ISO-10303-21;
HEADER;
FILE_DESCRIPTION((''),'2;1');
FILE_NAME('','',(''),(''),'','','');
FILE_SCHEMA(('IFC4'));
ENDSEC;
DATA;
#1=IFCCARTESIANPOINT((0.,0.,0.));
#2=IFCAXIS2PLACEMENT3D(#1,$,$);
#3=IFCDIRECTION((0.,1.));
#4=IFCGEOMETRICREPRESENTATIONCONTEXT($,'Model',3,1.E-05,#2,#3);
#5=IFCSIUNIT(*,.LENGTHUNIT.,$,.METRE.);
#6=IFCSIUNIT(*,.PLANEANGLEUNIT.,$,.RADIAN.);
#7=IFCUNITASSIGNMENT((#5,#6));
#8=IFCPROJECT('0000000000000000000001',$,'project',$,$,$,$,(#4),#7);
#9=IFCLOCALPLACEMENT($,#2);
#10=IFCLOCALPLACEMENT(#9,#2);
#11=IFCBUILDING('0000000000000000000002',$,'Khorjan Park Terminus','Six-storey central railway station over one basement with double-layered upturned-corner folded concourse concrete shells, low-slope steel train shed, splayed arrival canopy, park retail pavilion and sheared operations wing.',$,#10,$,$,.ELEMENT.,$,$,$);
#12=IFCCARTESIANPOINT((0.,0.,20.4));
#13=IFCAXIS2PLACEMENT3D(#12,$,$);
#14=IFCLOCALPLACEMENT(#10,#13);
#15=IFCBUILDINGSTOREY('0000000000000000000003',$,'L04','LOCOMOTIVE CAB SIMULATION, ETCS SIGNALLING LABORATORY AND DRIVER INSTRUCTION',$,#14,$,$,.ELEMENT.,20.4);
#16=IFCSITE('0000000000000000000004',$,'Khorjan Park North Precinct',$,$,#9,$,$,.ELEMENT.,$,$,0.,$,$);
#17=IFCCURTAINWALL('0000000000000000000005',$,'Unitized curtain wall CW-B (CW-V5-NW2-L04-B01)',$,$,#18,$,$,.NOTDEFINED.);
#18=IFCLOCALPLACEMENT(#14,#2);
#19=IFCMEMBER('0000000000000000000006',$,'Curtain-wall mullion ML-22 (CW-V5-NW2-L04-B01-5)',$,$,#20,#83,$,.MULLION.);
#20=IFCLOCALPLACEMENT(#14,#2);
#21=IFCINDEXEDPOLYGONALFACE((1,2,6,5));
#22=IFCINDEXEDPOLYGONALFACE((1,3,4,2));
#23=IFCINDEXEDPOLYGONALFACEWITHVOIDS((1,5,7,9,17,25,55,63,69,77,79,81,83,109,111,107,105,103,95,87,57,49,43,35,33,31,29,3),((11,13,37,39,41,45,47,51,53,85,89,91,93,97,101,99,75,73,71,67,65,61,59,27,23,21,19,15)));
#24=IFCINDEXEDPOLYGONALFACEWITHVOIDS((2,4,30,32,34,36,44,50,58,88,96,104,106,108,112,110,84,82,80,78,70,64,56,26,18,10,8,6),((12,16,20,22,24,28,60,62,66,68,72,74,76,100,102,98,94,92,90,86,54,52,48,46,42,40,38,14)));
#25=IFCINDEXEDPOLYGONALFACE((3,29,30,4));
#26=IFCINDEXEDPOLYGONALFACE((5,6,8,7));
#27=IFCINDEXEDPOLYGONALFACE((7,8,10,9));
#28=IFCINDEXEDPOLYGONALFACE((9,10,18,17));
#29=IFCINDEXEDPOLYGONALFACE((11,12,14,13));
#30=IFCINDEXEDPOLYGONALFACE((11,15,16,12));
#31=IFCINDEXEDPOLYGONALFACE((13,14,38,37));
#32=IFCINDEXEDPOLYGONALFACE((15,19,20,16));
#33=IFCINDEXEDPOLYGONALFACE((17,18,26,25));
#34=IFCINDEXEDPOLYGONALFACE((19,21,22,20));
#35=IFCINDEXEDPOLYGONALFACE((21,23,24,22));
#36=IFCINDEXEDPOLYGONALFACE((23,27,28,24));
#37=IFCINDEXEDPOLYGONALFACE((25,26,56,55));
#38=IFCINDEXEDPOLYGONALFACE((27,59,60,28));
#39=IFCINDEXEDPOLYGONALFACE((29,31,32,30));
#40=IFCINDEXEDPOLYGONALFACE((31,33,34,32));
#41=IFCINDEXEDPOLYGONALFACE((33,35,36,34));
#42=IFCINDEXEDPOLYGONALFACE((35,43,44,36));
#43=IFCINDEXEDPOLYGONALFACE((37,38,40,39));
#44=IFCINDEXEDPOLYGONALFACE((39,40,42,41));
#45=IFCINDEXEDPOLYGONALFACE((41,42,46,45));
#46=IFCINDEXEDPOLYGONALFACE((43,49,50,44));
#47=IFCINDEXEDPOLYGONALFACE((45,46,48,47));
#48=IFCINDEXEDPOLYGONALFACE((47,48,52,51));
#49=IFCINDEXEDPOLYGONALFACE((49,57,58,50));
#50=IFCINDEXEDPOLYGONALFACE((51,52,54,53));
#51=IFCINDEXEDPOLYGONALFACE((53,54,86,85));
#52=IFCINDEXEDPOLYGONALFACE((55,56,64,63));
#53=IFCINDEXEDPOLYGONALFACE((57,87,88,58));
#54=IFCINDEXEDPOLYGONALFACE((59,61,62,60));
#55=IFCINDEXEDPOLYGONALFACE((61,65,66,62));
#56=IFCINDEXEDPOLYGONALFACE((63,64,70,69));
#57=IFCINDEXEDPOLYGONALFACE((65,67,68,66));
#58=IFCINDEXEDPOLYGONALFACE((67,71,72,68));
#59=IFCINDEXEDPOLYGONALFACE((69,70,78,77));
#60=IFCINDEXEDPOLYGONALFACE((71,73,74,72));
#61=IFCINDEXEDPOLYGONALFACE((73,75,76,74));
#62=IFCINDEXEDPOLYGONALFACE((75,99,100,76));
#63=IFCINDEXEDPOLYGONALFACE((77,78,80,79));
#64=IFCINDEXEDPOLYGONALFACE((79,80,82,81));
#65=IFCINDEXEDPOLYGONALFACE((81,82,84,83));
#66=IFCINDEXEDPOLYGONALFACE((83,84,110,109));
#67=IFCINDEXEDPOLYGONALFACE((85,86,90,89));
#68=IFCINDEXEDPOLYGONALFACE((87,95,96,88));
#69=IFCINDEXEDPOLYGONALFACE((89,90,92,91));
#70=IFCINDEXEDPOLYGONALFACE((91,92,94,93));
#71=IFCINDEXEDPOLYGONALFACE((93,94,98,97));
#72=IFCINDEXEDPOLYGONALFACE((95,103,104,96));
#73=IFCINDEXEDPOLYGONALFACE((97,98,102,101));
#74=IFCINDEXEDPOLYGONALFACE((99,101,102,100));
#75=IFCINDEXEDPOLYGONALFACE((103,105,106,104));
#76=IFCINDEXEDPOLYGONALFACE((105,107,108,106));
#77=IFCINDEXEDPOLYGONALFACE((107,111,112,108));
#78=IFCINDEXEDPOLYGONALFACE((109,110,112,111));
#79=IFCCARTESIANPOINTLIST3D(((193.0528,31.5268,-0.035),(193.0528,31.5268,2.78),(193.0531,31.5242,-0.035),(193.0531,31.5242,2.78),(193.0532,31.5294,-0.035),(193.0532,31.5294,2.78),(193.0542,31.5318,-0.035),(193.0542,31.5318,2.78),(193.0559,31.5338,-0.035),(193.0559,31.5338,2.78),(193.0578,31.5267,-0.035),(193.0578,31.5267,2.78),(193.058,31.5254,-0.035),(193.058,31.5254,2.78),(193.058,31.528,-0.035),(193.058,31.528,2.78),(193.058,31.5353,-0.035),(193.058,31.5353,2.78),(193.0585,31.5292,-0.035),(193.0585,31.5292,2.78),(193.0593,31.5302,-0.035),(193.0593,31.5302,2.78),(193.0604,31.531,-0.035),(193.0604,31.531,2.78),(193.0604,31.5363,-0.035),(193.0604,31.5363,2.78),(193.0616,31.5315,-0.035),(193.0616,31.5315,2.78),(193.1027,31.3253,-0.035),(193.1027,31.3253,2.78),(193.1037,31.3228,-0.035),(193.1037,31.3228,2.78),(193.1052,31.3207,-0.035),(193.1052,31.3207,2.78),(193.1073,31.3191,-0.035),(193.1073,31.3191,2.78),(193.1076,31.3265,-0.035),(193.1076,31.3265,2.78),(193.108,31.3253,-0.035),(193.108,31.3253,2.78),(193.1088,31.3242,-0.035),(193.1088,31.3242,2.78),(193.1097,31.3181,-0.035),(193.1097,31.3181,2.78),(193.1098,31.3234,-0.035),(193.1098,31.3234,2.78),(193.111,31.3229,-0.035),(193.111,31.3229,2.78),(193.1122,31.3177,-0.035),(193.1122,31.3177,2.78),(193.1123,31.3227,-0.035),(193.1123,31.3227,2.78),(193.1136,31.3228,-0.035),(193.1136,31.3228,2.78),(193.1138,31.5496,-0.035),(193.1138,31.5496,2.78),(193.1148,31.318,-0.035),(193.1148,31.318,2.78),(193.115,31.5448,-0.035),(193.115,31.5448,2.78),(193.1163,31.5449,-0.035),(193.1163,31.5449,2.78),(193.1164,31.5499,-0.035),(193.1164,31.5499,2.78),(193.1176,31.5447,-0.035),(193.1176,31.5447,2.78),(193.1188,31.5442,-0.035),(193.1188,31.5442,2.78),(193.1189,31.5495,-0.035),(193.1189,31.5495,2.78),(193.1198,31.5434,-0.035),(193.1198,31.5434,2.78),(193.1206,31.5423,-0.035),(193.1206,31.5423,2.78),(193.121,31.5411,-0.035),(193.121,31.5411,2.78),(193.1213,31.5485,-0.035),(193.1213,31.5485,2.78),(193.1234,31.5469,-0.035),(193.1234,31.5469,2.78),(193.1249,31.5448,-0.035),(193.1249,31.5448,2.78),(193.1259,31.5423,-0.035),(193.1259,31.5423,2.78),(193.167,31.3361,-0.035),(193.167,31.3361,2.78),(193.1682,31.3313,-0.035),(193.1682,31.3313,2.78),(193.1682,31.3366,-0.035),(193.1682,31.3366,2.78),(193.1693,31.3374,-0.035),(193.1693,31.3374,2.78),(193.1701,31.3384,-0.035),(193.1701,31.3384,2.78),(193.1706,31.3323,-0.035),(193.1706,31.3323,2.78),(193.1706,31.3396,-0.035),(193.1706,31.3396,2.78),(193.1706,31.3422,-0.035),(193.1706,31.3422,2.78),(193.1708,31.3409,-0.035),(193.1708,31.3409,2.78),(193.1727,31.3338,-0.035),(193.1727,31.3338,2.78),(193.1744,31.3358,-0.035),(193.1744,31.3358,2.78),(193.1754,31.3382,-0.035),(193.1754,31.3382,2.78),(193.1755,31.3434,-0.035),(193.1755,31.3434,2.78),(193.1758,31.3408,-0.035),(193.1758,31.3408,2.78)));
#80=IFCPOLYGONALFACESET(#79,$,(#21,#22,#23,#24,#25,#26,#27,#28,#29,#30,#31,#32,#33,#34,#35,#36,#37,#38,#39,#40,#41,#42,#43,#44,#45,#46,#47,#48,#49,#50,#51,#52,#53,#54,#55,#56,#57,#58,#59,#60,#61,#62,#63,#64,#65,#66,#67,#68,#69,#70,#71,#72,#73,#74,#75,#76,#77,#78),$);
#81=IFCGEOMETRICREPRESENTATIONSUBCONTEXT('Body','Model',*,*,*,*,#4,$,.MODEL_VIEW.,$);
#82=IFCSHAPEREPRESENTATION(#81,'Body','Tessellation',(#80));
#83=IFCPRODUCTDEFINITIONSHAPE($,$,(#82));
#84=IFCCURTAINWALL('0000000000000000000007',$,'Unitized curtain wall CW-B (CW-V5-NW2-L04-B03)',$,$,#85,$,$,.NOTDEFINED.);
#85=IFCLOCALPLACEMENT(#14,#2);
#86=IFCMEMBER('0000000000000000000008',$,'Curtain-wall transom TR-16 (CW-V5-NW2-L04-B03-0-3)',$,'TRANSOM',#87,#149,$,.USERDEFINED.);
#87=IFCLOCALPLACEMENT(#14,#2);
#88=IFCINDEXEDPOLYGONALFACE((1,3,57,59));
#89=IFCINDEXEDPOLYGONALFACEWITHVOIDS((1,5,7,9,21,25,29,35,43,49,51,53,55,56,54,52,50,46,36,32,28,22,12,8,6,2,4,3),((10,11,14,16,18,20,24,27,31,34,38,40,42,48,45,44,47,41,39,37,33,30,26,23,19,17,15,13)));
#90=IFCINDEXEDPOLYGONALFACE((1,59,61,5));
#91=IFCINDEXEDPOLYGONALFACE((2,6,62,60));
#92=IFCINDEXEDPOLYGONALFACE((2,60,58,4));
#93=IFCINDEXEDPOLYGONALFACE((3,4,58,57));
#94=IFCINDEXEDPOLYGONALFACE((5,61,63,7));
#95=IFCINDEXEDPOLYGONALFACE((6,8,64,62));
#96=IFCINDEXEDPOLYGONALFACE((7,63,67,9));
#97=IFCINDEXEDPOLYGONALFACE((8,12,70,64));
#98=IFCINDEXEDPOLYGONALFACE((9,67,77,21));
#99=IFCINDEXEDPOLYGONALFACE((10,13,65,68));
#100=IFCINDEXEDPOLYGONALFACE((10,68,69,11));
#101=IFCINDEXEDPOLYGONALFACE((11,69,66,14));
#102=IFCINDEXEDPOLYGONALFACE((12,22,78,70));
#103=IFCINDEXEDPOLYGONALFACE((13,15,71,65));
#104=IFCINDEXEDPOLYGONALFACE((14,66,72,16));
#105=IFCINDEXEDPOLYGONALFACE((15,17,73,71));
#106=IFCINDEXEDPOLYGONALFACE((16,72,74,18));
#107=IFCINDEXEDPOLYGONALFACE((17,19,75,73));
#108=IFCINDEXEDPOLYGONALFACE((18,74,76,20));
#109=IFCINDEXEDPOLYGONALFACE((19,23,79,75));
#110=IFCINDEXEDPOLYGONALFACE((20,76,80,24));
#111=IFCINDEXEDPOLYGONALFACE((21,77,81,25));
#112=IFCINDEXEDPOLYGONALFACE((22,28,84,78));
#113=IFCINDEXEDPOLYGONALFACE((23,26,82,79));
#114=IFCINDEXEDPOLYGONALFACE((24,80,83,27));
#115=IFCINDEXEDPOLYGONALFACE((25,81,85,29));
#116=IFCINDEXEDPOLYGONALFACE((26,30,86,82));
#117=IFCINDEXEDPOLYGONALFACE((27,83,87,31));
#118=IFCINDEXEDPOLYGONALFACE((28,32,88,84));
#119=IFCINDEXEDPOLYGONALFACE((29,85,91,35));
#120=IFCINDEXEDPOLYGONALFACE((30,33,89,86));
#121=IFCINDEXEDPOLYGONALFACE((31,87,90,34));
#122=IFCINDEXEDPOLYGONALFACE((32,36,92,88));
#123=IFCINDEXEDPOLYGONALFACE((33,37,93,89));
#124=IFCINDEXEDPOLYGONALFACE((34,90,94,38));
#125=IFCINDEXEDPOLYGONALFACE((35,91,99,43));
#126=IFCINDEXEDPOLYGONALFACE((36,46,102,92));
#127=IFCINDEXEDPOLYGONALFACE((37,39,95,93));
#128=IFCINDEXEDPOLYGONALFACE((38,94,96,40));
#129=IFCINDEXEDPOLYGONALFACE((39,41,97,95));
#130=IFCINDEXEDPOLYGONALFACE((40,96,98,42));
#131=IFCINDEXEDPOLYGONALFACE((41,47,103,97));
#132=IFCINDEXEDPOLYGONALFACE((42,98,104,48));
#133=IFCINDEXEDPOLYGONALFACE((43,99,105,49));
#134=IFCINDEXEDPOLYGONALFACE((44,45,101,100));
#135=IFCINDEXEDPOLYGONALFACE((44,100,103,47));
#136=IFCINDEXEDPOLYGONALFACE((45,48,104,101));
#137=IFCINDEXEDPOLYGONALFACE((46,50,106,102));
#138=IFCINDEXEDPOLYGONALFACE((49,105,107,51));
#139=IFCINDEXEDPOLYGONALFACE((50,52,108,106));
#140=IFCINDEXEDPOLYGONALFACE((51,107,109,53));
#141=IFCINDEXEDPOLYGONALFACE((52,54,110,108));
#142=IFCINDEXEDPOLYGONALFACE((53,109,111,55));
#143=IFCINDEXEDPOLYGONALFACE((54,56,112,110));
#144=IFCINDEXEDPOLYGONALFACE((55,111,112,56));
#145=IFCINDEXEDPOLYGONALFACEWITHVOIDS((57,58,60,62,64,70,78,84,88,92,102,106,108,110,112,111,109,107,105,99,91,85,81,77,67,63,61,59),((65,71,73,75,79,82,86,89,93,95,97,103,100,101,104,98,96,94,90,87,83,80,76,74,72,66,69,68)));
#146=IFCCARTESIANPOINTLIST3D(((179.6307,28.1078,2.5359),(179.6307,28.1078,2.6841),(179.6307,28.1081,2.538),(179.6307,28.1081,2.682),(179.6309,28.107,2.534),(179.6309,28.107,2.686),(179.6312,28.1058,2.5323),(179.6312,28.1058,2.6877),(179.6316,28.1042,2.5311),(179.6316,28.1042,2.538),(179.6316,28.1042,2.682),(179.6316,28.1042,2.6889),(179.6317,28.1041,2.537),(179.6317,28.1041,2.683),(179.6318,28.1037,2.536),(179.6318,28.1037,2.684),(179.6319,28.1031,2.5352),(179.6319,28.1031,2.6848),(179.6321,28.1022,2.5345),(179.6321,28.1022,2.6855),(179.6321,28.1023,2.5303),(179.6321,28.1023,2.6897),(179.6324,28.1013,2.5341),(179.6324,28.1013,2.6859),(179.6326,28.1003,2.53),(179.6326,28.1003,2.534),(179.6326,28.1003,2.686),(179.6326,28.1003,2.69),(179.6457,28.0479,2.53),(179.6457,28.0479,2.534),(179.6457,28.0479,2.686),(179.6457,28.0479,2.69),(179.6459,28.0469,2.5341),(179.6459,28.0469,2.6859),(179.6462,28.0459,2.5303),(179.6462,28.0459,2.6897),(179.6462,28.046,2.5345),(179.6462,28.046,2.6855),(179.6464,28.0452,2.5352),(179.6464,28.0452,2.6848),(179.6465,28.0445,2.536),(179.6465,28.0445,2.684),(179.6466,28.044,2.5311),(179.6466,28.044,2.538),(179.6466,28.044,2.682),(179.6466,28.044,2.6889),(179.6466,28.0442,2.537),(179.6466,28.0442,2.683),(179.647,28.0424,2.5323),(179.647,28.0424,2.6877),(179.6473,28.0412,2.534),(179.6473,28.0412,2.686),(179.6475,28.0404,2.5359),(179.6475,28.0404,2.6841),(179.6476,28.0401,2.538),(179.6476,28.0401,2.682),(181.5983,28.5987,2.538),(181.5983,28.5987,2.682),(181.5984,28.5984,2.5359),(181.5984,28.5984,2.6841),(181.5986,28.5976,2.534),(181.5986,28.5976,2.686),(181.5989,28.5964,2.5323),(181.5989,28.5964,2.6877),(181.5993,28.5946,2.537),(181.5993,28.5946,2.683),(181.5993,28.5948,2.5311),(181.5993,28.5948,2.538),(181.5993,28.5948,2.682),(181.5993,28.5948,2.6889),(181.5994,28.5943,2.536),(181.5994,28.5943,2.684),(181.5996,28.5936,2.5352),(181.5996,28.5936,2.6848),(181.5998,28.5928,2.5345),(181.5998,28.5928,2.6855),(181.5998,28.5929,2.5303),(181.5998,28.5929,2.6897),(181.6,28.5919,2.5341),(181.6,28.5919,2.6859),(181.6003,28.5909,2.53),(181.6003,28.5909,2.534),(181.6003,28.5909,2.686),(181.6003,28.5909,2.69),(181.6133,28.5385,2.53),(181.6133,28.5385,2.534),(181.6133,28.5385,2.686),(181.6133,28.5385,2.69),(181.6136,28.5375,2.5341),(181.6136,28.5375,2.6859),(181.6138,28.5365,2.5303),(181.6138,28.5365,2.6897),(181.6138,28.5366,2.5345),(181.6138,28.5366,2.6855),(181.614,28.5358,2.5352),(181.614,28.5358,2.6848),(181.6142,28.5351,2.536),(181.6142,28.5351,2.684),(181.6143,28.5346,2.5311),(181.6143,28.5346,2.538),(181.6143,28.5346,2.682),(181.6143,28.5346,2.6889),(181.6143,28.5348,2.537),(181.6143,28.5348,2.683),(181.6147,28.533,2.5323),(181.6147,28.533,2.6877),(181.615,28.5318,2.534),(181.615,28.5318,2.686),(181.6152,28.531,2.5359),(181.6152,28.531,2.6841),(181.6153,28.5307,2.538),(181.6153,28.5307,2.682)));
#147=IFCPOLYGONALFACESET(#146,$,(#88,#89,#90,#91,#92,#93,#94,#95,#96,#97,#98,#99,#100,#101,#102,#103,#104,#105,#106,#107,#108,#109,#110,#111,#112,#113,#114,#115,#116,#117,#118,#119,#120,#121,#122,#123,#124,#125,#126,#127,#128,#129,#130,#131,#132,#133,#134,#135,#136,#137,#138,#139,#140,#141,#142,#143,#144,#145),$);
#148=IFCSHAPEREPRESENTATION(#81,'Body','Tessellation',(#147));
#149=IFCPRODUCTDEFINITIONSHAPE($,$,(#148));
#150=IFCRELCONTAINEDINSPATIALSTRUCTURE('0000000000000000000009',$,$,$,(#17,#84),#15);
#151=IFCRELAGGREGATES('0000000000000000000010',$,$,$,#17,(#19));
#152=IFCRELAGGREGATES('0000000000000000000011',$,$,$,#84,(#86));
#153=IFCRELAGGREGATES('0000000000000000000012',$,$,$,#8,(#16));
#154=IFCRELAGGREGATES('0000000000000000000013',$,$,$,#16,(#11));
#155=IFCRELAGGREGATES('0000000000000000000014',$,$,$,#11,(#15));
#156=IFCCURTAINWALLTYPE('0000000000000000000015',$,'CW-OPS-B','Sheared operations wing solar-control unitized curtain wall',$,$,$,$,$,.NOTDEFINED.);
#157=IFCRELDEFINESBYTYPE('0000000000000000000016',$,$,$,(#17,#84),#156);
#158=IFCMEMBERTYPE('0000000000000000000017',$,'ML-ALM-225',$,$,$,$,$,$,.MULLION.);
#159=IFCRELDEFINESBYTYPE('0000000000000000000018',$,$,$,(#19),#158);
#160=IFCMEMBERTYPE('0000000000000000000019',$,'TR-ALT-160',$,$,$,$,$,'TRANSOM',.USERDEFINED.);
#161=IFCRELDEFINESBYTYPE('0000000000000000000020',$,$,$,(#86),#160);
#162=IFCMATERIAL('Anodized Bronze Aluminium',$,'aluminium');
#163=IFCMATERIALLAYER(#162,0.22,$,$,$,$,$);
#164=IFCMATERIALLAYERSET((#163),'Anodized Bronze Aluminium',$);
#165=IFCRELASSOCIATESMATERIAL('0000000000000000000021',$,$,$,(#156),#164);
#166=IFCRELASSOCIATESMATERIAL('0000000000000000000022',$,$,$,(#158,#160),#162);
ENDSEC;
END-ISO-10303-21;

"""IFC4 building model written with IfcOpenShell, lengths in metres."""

from ifc_helpers import new_model, si_unit, direction, frame, origin, origin_2d, place, context, subcontext, project, spatial, hollow_rectangle, extrude, material, layer, layer_set, material_profile, profile_set, type_object, element, aggregate, save


model = new_model("IFC4")

# Units and contexts
model_context = context("Model", 3, precision=1e-05, world=origin(), true_north=direction((0.0, 1.0)))
body_context = subcontext(model_context, "Body", "Model", "MODEL_VIEW")
ifc_project = project(units=[si_unit("LENGTHUNIT", "METRE"), si_unit("PLANEANGLEUNIT", "RADIAN")], contexts=[model_context])

# Site, building, storey
site_placement = place(None, origin())
site = spatial("IfcSite", under=ifc_project, at=site_placement, Name="Khorjan Park North Precinct", CompositionType="ELEMENT", RefElevation=0.0)
building_placement = place(site_placement, origin())
building = spatial("IfcBuilding", under=site, at=building_placement, Name="Khorjan Park Terminus", Description="Six-storey central railway station over one basement with double-layered upturned-corner folded concourse concrete shells, low-slope steel train shed, splayed arrival canopy, park retail pavilion and sheared operations wing.", CompositionType="ELEMENT")
storey_placement = place(building_placement, frame((0.0, 0.0, 20.4)))
storey = spatial("IfcBuildingStorey", under=building, at=storey_placement, Name="L04", Description="LOCOMOTIVE CAB SIMULATION, ETCS SIGNALLING LABORATORY AND DRIVER INSTRUCTION", CompositionType="ELEMENT", Elevation=20.4)

# Curtain walls, members
ifc_material_1 = material(Name="Anodized Bronze Aluminium", Category="aluminium")
ifc_layer_1 = layer(ifc_material_1, 0.22)
ifc_layer_set_1 = layer_set([ifc_layer_1], Name="Anodized Bronze Aluminium")
curtain_wall_type = type_object("IfcCurtainWallType", Name="CW-OPS-B", Description="Sheared operations wing solar-control unitized curtain wall", PredefinedType="NOTDEFINED", material=ifc_layer_set_1)
curtain_wall_1_placement = place(storey_placement, origin())
curtain_wall_1 = element("IfcCurtainWall", 1, at=curtain_wall_1_placement, inside=storey, type_object=curtain_wall_type, Name="Unitized curtain wall CW-B (CW-V5-NW2-L04-B01)", PredefinedType="NOTDEFINED")
ifc_material_profile_1 = material_profile(ifc_material_1, hollow_rectangle(XDim=0.075, YDim=0.225, WallThickness=0.005, InnerFilletRadius=0.005, OuterFilletRadius=0.01, at=origin_2d()), Name="ALM 75x225x5")
ifc_profile_set_1 = profile_set([ifc_material_profile_1], Name="Anodized Bronze Aluminium")
member_type_1 = type_object("IfcMemberType", Name="ML-ALM-225", PredefinedType="MULLION", material=ifc_profile_set_1)
member_1_placement = place(storey_placement, frame((193.1143, 31.4338, -0.035), z_axis=(0.0, 0.0, 1.0), x_axis=(-0.970294, -0.241928, 0.0)))
member_1 = element("IfcMember", 2, at=member_1_placement, type_object=member_type_1, Name="Curtain-wall mullion ML-22 (CW-V5-NW2-L04-B01-5)", PredefinedType="MULLION", context=body_context, shape_type="SweptSolid", body=[
    extrude(hollow_rectangle(XDim=0.075, YDim=0.225, WallThickness=0.005, InnerFilletRadius=0.005, OuterFilletRadius=0.01, at=origin_2d()), origin(), (0.0, 0.0, 1.0), 2.815),
])
aggregate(curtain_wall_1, [member_1])
curtain_wall_2_placement = place(storey_placement, origin())
curtain_wall_2 = element("IfcCurtainWall", 3, at=curtain_wall_2_placement, inside=storey, type_object=curtain_wall_type, Name="Unitized curtain wall CW-B (CW-V5-NW2-L04-B03)", PredefinedType="NOTDEFINED")
ifc_material_profile_2 = material_profile(ifc_material_1, hollow_rectangle(XDim=0.07, YDim=0.16, WallThickness=0.004, InnerFilletRadius=0.004, OuterFilletRadius=0.008, at=origin_2d()), Name="ALT 70x160x4")
ifc_profile_set_2 = profile_set([ifc_material_profile_2], Name="Anodized Bronze Aluminium")
member_type_2 = type_object("IfcMemberType", Name="TR-ALT-160", ElementType="TRANSOM", PredefinedType="USERDEFINED", material=ifc_profile_set_2)
member_2_placement = place(storey_placement, frame((181.6068, 28.5647, 2.61), z_axis=(-0.970296, -0.241921, 0.0), x_axis=(0.241921, -0.970296, 0.0)))
member_2 = element("IfcMember", 4, at=member_2_placement, type_object=member_type_2, Name="Curtain-wall transom TR-16 (CW-V5-NW2-L04-B03-0-3)", ObjectType="TRANSOM", PredefinedType="USERDEFINED", context=body_context, shape_type="SweptSolid", body=[
    extrude(hollow_rectangle(XDim=0.07, YDim=0.16, WallThickness=0.004, InnerFilletRadius=0.004, OuterFilletRadius=0.008, at=origin_2d()), origin(), (0.0, 0.0, 1.0), 2.0279),
])
aggregate(curtain_wall_2, [member_2])

save(model, "model.ifc")
